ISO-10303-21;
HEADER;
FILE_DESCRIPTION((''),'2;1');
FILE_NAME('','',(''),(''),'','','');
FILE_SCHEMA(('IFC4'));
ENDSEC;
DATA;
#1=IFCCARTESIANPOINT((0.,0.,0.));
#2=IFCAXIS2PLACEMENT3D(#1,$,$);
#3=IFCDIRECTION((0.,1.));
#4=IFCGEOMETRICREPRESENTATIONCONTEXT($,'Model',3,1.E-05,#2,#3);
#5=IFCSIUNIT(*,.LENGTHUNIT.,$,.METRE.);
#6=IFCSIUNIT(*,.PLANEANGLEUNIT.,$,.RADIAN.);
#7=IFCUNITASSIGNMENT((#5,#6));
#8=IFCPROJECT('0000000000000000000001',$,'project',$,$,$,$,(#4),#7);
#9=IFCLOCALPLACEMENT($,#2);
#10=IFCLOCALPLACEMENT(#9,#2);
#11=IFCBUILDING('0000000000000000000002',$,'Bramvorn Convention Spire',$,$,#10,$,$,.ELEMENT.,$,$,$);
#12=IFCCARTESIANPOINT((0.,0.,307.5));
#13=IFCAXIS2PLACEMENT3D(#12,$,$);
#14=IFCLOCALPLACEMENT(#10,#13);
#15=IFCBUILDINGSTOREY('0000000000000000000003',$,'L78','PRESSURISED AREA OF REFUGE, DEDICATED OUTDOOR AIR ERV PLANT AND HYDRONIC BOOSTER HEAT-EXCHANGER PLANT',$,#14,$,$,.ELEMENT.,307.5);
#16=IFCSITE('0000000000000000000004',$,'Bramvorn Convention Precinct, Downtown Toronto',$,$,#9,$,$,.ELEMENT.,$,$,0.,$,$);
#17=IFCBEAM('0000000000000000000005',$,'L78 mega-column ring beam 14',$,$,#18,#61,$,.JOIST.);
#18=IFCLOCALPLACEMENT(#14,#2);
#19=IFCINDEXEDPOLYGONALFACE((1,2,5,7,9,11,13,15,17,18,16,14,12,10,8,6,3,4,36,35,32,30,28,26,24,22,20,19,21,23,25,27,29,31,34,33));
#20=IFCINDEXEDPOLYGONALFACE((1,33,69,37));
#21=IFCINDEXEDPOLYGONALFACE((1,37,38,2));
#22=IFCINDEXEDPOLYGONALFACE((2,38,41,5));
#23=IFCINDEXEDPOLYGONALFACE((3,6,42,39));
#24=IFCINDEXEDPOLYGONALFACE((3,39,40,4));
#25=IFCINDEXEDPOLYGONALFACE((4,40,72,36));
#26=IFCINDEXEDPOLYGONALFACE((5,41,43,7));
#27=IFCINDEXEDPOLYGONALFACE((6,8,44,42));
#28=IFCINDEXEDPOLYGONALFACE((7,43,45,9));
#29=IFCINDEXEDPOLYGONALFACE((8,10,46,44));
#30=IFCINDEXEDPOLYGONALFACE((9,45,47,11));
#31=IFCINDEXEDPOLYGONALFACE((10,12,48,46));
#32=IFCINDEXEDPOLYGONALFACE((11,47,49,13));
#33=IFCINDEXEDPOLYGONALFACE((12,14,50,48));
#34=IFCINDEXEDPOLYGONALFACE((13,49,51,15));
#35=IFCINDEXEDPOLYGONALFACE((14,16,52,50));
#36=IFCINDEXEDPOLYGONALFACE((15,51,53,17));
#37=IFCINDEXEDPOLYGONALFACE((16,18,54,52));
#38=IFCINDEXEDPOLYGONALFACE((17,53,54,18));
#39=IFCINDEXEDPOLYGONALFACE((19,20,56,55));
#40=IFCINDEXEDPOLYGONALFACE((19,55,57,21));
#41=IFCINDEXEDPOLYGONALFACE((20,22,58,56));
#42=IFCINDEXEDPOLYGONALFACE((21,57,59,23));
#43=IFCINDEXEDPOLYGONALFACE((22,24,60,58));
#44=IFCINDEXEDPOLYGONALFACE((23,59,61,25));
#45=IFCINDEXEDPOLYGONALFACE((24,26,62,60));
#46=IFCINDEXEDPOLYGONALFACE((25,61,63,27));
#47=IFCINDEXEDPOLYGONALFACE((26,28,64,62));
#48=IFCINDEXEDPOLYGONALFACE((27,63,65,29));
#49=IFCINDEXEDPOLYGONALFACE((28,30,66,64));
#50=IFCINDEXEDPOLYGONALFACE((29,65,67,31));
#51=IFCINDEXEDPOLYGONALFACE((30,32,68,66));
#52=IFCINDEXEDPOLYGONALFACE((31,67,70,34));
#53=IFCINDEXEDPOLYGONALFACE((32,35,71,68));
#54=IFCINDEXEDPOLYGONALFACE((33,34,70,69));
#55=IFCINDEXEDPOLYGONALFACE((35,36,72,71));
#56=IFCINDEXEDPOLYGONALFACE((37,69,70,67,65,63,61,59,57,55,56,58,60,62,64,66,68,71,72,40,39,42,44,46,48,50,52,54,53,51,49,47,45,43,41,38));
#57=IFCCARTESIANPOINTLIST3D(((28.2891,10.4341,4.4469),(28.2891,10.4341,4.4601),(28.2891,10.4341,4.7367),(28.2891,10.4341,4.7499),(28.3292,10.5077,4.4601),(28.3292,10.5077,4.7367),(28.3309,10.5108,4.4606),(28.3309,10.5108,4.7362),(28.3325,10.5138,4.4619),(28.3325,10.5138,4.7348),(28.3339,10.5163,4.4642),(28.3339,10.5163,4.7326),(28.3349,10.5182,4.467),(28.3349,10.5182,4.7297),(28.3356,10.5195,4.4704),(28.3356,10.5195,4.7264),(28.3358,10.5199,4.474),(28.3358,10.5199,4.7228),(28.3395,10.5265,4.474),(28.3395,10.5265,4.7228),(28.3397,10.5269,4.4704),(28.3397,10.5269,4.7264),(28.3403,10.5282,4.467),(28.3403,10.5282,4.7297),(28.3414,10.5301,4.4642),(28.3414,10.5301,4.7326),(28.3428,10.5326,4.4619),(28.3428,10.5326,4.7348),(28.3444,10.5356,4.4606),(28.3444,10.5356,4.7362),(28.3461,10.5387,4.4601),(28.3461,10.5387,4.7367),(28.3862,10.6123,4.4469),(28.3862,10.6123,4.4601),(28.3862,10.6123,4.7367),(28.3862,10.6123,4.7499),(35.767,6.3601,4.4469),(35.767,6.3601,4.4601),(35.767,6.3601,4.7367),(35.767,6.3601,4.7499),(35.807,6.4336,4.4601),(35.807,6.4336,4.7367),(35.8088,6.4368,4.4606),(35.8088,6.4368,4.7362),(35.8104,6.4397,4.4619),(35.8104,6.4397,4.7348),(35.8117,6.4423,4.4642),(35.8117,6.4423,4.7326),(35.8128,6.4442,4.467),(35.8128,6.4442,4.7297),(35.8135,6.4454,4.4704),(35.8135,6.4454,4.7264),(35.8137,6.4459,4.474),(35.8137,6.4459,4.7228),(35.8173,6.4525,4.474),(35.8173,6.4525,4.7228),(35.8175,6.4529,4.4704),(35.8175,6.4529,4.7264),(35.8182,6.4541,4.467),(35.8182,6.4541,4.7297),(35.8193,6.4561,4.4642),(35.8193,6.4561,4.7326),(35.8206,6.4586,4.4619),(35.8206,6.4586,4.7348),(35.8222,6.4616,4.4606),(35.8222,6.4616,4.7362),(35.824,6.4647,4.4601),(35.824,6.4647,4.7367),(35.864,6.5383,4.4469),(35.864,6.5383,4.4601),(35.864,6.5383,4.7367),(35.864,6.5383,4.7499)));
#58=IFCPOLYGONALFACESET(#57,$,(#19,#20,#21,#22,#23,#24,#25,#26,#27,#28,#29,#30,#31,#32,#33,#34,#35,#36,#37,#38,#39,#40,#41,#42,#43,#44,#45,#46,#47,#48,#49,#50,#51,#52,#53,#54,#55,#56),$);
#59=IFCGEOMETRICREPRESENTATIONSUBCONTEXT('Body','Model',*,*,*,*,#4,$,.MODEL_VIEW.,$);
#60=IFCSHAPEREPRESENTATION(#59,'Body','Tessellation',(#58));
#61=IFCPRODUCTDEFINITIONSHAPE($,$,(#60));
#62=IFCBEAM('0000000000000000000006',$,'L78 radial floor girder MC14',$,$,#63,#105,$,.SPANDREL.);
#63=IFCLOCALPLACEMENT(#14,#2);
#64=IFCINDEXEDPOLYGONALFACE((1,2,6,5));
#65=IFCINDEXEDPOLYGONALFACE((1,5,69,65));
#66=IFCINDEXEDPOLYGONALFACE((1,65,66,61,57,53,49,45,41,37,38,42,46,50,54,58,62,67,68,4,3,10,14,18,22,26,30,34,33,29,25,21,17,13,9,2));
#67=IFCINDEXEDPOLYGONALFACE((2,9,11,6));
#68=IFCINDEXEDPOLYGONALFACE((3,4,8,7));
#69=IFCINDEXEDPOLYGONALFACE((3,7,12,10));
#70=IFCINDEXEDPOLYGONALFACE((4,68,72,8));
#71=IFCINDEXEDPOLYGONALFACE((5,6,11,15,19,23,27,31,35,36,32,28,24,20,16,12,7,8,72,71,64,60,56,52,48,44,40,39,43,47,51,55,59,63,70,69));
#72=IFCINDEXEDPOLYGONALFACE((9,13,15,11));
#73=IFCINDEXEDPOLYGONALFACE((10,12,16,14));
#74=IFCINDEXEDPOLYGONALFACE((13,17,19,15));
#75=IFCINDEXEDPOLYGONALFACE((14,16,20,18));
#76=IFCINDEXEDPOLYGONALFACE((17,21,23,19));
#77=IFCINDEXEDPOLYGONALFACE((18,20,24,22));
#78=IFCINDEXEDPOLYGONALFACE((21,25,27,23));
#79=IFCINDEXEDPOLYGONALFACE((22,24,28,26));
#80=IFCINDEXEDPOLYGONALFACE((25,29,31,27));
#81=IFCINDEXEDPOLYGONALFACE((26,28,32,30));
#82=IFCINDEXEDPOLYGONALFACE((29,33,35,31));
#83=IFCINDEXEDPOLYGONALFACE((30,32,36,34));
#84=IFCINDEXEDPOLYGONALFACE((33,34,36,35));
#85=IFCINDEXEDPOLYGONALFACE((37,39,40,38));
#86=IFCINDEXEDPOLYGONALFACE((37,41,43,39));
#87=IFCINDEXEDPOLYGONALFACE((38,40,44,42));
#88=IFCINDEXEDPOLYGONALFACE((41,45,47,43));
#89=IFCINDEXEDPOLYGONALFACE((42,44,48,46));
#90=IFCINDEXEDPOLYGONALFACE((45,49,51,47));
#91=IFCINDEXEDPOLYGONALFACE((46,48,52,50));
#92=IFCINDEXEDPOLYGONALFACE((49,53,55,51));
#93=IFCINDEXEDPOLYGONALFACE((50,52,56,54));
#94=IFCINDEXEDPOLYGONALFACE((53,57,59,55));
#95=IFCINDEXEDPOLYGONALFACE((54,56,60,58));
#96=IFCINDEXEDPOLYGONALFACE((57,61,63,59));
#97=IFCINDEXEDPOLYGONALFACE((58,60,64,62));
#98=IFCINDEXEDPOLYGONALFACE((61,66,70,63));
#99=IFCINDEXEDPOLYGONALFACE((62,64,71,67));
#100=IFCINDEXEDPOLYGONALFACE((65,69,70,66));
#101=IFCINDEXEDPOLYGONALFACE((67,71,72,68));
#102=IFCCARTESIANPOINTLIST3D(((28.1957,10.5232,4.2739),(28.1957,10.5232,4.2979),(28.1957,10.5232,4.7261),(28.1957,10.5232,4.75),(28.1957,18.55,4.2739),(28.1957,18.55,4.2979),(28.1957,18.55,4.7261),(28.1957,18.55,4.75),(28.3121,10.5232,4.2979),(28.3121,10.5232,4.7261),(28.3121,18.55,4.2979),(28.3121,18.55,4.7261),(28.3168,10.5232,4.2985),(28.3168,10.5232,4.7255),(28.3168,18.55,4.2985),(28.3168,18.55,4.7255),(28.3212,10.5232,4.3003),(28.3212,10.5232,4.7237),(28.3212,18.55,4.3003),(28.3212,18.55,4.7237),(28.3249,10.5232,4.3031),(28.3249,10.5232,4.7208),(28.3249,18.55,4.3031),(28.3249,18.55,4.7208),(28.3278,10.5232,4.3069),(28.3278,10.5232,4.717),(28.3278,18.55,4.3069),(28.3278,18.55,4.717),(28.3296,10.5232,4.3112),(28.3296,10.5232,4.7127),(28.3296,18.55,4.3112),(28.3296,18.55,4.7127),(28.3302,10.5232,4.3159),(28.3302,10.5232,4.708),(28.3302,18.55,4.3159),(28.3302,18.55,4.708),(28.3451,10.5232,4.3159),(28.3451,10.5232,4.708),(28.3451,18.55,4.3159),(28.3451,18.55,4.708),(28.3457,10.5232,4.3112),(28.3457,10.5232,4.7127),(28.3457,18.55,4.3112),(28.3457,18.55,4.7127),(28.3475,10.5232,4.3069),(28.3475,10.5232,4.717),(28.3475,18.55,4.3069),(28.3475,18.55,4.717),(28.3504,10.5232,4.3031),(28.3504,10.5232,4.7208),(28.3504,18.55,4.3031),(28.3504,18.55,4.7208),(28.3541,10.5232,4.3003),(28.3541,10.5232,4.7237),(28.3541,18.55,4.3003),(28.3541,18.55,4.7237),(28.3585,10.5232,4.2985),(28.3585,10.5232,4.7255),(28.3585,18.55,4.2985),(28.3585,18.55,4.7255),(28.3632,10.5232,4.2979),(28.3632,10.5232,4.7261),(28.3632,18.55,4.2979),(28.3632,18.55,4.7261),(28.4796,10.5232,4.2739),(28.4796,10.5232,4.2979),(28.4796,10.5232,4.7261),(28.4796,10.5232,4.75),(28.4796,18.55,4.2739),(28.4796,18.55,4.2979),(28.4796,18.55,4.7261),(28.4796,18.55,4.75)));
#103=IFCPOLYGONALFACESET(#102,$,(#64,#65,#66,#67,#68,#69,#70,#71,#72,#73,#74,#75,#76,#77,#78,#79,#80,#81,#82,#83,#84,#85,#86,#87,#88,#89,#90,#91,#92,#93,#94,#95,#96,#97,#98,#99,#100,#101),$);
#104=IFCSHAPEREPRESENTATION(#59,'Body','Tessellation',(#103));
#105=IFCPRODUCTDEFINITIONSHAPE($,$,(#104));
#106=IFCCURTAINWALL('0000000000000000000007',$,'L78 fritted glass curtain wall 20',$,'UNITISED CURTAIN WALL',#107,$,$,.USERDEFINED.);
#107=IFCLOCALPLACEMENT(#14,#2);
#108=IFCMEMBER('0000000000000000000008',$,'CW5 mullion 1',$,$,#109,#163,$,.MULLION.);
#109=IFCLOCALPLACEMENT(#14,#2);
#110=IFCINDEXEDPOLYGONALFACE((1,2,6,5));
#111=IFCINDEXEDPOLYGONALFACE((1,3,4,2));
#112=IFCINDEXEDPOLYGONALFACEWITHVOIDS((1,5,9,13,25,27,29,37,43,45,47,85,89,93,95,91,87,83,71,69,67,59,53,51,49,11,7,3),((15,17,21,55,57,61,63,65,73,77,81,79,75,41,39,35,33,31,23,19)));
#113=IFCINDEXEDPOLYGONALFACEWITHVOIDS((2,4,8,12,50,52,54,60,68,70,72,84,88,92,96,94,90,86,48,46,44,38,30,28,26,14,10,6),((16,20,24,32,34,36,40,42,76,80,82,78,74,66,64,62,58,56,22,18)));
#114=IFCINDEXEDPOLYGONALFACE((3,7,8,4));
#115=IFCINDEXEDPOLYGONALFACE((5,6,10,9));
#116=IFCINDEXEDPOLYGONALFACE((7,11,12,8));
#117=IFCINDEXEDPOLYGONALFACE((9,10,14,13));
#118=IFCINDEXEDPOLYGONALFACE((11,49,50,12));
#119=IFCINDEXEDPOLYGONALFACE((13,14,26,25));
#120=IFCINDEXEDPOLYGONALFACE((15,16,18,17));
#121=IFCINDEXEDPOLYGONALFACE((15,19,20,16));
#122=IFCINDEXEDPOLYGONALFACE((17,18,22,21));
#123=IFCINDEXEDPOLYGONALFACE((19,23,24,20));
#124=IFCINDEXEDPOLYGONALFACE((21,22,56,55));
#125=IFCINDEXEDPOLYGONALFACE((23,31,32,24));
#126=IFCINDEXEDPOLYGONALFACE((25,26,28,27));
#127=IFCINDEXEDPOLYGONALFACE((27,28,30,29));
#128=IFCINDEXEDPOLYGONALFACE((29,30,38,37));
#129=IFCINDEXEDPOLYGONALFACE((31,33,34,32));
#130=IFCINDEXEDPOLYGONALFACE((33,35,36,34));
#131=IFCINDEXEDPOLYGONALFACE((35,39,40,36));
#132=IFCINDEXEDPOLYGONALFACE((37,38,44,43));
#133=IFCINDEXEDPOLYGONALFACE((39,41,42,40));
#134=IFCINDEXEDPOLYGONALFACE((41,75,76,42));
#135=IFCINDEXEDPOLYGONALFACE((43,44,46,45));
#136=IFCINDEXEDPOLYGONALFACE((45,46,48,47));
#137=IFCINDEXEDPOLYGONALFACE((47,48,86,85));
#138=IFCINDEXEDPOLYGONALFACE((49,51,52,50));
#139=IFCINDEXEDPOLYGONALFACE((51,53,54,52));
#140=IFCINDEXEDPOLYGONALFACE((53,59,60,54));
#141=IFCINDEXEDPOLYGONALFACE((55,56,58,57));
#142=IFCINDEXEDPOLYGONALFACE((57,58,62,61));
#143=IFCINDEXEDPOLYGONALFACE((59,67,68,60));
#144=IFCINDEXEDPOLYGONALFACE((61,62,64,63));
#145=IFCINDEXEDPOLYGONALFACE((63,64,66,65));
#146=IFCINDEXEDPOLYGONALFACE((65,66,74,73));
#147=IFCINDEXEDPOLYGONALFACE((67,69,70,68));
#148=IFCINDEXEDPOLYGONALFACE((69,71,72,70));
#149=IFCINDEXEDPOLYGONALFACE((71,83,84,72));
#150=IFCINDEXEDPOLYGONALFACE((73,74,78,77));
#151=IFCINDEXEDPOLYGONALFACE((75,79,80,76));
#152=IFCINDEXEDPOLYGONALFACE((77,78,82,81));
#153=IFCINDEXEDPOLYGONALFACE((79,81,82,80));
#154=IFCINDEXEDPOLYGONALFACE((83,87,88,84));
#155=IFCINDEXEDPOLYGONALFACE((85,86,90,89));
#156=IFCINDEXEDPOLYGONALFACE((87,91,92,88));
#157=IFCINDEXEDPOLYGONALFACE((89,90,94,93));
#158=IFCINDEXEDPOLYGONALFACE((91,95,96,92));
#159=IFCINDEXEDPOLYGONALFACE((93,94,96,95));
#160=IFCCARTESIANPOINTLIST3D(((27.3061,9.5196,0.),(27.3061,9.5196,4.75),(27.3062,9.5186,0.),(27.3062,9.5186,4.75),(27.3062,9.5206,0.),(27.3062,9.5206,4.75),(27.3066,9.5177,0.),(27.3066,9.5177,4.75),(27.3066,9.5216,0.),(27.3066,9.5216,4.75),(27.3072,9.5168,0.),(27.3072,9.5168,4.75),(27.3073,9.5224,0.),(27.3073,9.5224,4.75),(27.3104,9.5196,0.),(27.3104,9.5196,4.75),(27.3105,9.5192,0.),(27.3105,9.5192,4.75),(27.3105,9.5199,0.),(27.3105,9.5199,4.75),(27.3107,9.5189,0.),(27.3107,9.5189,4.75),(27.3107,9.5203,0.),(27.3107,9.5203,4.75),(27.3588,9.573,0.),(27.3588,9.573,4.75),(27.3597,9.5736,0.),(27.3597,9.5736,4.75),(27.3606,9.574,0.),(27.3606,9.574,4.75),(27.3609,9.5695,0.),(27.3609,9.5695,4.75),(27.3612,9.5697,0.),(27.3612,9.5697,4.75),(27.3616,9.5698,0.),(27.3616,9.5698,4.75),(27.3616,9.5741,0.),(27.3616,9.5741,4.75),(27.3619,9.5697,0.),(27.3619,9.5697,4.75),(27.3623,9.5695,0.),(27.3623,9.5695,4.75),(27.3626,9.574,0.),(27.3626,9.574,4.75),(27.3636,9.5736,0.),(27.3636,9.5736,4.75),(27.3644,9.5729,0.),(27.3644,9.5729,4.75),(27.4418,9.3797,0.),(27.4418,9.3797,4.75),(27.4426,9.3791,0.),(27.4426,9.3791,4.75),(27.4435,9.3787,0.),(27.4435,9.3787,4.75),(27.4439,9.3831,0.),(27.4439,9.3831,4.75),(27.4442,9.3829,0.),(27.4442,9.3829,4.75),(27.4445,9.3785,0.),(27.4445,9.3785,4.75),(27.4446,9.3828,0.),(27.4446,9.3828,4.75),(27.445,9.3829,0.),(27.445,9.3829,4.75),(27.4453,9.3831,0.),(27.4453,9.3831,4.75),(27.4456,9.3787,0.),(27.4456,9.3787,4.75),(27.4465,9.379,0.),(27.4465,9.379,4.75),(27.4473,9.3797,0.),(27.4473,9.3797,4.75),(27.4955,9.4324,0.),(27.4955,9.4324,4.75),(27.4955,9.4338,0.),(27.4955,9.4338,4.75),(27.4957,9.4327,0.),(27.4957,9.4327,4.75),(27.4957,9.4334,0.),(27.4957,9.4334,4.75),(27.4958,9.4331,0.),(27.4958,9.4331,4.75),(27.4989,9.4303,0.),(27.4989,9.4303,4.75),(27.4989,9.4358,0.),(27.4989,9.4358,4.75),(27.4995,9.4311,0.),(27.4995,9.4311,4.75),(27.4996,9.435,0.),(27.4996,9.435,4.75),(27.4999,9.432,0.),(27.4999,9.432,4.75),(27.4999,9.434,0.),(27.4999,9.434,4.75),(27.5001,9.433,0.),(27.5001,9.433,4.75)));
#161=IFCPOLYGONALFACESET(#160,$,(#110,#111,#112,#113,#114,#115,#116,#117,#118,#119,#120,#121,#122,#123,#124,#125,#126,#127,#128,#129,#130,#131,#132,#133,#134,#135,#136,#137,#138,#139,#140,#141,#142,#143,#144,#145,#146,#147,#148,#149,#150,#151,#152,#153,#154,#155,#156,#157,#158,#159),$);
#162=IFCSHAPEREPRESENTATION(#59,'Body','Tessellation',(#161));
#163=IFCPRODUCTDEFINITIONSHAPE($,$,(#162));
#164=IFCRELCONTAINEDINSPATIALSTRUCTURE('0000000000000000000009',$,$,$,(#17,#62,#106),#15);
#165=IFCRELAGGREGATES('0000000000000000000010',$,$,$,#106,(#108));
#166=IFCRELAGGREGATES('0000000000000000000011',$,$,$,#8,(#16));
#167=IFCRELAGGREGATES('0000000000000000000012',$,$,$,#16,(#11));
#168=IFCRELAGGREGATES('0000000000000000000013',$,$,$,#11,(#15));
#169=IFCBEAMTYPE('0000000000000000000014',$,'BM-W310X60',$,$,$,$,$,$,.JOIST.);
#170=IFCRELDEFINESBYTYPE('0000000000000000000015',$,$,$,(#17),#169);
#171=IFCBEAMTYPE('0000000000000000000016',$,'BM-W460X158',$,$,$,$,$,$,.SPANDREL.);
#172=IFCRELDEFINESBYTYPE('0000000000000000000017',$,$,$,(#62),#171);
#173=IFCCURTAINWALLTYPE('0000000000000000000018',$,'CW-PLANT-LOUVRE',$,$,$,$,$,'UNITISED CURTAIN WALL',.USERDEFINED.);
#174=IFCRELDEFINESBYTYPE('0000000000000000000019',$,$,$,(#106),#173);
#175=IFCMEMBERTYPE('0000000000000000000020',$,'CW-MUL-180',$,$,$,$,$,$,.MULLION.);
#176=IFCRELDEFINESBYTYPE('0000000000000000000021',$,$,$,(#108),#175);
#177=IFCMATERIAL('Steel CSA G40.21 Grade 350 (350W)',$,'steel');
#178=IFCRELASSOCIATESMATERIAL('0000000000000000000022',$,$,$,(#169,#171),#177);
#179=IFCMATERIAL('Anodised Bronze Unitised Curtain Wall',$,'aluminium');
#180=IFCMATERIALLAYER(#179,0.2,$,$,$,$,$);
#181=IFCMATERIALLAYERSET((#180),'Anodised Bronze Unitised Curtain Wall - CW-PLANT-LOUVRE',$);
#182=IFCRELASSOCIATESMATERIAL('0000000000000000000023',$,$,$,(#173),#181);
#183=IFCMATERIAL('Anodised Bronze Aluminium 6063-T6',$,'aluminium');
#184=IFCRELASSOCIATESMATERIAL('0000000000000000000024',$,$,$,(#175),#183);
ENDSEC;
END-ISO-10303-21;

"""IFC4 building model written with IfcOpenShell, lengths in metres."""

from ifc_helpers import new_model, si_unit, direction, frame, origin, origin_2d, place, context, subcontext, project, spatial, hollow_rectangle, i_section, extrude, material, layer, layer_set, material_profile, profile_set, type_object, element, aggregate, save


model = new_model("IFC4")

# Units and contexts
model_context = context("Model", 3, precision=1e-05, world=origin(), true_north=direction((0.0, 1.0)))
body_context = subcontext(model_context, "Body", "Model", "MODEL_VIEW")
ifc_project = project(units=[si_unit("LENGTHUNIT", "METRE"), si_unit("PLANEANGLEUNIT", "RADIAN")], contexts=[model_context])

# Site, building, storey
site_placement = place(None, origin())
site = spatial("IfcSite", under=ifc_project, at=site_placement, Name="Bramvorn Convention Precinct, Downtown Toronto", CompositionType="ELEMENT", RefElevation=0.0)
building_placement = place(site_placement, origin())
building = spatial("IfcBuilding", under=site, at=building_placement, Name="Bramvorn Convention Spire", CompositionType="ELEMENT")
storey_placement = place(building_placement, frame((0.0, 0.0, 307.5)))
storey = spatial("IfcBuildingStorey", under=building, at=storey_placement, Name="L78", Description="PRESSURISED AREA OF REFUGE, DEDICATED OUTDOOR AIR ERV PLANT AND HYDRONIC BOOSTER HEAT-EXCHANGER PLANT", CompositionType="ELEMENT", Elevation=307.5)

# Shared definitions
ifc_material_1 = material(Name="Steel CSA G40.21 Grade 350 (350W)", Category="steel")

# Beams
ifc_material_profile_1 = material_profile(ifc_material_1, i_section(OverallWidth=0.2029, OverallDepth=0.303, WebThickness=0.0076, FlangeThickness=0.0132, FilletRadius=0.0139, at=origin_2d()))
ifc_profile_set_1 = profile_set([ifc_material_profile_1], Name="Steel CSA G40.21 Grade 350 (350W) - W310X60")
beam_type_1 = type_object("IfcBeamType", Name="BM-W310X60", PredefinedType="JOIST", material=ifc_profile_set_1)
beam_1_placement = place(storey_placement, frame((28.3376, 10.5232, 4.5984), z_axis=(0.878133, -0.478416, 0.0), x_axis=(0.478416, 0.878133, 0.0)))
element("IfcBeam", 1, at=beam_1_placement, inside=storey, type_object=beam_type_1, Name="L78 mega-column ring beam 14", PredefinedType="JOIST", context=body_context, shape_type="SweptSolid", body=[
    extrude(i_section(OverallWidth=0.2029, OverallDepth=0.303, WebThickness=0.0076, FlangeThickness=0.0132, FilletRadius=0.0139, at=origin_2d()), origin(), (0.0, 0.0, 1.0), 8.5156),
])
ifc_material_profile_2 = material_profile(ifc_material_1, i_section(OverallWidth=0.2839, OverallDepth=0.4761, WebThickness=0.0149, FlangeThickness=0.0239, FilletRadius=0.0181, at=origin_2d()))
ifc_profile_set_2 = profile_set([ifc_material_profile_2], Name="Steel CSA G40.21 Grade 350 (350W) - W460X158")
beam_type_2 = type_object("IfcBeamType", Name="BM-W460X158", PredefinedType="SPANDREL", material=ifc_profile_set_2)
beam_2_placement = place(storey_placement, frame((28.3376, 18.55, 4.512), z_axis=(0.0, -1.0, 0.0), x_axis=(1.0, 0.0, 0.0)))
element("IfcBeam", 2, at=beam_2_placement, inside=storey, type_object=beam_type_2, Name="L78 radial floor girder MC14", PredefinedType="SPANDREL", context=body_context, shape_type="SweptSolid", body=[
    extrude(i_section(OverallWidth=0.2839, OverallDepth=0.4761, WebThickness=0.0149, FlangeThickness=0.0239, FilletRadius=0.0181, at=origin_2d()), origin(), (0.0, 0.0, 1.0), 8.0269),
])

# Curtain wall, member
ifc_material_2 = material(Name="Anodised Bronze Unitised Curtain Wall", Category="aluminium")
ifc_layer_1 = layer(ifc_material_2, 0.2)
ifc_layer_set_1 = layer_set([ifc_layer_1], Name="Anodised Bronze Unitised Curtain Wall - CW-PLANT-LOUVRE")
curtain_wall_type = type_object("IfcCurtainWallType", Name="CW-PLANT-LOUVRE", ElementType="UNITISED CURTAIN WALL", PredefinedType="USERDEFINED", material=ifc_layer_set_1)
curtain_wall_1_placement = place(storey_placement, origin())
curtain_wall_1 = element("IfcCurtainWall", 3, at=curtain_wall_1_placement, inside=storey, type_object=curtain_wall_type, Name="L78 fritted glass curtain wall 20", ObjectType="UNITISED CURTAIN WALL", PredefinedType="USERDEFINED")
ifc_material_3 = material(Name="Anodised Bronze Aluminium 6063-T6", Category="aluminium")
ifc_material_profile_3 = material_profile(ifc_material_3, hollow_rectangle(XDim=0.0801, YDim=0.2, WallThickness=0.0039, InnerFilletRadius=0.001, OuterFilletRadius=0.0039, at=origin_2d()))
ifc_profile_set_3 = profile_set([ifc_material_profile_3], Name="Anodised Bronze Aluminium 6063-T6 - CWM80X200")
member_type = type_object("IfcMemberType", Name="CW-MUL-180", PredefinedType="MULLION", material=ifc_profile_set_3)
member_1_placement = place(storey_placement, frame((27.4031, 9.4763, 0.0), z_axis=(0.0, 0.0, 1.0), x_axis=(-0.713709, -0.700442, 0.0)))
member_1 = element("IfcMember", 4, at=member_1_placement, type_object=member_type, Name="CW5 mullion 1", PredefinedType="MULLION", context=body_context, shape_type="SweptSolid", body=[
    extrude(hollow_rectangle(XDim=0.0801, YDim=0.2, WallThickness=0.0039, InnerFilletRadius=0.001, OuterFilletRadius=0.0039, at=origin_2d()), origin(), (0.0, 0.0, 1.0), 4.75),
])
aggregate(curtain_wall_1, [member_1])

save(model, "model.ifc")
